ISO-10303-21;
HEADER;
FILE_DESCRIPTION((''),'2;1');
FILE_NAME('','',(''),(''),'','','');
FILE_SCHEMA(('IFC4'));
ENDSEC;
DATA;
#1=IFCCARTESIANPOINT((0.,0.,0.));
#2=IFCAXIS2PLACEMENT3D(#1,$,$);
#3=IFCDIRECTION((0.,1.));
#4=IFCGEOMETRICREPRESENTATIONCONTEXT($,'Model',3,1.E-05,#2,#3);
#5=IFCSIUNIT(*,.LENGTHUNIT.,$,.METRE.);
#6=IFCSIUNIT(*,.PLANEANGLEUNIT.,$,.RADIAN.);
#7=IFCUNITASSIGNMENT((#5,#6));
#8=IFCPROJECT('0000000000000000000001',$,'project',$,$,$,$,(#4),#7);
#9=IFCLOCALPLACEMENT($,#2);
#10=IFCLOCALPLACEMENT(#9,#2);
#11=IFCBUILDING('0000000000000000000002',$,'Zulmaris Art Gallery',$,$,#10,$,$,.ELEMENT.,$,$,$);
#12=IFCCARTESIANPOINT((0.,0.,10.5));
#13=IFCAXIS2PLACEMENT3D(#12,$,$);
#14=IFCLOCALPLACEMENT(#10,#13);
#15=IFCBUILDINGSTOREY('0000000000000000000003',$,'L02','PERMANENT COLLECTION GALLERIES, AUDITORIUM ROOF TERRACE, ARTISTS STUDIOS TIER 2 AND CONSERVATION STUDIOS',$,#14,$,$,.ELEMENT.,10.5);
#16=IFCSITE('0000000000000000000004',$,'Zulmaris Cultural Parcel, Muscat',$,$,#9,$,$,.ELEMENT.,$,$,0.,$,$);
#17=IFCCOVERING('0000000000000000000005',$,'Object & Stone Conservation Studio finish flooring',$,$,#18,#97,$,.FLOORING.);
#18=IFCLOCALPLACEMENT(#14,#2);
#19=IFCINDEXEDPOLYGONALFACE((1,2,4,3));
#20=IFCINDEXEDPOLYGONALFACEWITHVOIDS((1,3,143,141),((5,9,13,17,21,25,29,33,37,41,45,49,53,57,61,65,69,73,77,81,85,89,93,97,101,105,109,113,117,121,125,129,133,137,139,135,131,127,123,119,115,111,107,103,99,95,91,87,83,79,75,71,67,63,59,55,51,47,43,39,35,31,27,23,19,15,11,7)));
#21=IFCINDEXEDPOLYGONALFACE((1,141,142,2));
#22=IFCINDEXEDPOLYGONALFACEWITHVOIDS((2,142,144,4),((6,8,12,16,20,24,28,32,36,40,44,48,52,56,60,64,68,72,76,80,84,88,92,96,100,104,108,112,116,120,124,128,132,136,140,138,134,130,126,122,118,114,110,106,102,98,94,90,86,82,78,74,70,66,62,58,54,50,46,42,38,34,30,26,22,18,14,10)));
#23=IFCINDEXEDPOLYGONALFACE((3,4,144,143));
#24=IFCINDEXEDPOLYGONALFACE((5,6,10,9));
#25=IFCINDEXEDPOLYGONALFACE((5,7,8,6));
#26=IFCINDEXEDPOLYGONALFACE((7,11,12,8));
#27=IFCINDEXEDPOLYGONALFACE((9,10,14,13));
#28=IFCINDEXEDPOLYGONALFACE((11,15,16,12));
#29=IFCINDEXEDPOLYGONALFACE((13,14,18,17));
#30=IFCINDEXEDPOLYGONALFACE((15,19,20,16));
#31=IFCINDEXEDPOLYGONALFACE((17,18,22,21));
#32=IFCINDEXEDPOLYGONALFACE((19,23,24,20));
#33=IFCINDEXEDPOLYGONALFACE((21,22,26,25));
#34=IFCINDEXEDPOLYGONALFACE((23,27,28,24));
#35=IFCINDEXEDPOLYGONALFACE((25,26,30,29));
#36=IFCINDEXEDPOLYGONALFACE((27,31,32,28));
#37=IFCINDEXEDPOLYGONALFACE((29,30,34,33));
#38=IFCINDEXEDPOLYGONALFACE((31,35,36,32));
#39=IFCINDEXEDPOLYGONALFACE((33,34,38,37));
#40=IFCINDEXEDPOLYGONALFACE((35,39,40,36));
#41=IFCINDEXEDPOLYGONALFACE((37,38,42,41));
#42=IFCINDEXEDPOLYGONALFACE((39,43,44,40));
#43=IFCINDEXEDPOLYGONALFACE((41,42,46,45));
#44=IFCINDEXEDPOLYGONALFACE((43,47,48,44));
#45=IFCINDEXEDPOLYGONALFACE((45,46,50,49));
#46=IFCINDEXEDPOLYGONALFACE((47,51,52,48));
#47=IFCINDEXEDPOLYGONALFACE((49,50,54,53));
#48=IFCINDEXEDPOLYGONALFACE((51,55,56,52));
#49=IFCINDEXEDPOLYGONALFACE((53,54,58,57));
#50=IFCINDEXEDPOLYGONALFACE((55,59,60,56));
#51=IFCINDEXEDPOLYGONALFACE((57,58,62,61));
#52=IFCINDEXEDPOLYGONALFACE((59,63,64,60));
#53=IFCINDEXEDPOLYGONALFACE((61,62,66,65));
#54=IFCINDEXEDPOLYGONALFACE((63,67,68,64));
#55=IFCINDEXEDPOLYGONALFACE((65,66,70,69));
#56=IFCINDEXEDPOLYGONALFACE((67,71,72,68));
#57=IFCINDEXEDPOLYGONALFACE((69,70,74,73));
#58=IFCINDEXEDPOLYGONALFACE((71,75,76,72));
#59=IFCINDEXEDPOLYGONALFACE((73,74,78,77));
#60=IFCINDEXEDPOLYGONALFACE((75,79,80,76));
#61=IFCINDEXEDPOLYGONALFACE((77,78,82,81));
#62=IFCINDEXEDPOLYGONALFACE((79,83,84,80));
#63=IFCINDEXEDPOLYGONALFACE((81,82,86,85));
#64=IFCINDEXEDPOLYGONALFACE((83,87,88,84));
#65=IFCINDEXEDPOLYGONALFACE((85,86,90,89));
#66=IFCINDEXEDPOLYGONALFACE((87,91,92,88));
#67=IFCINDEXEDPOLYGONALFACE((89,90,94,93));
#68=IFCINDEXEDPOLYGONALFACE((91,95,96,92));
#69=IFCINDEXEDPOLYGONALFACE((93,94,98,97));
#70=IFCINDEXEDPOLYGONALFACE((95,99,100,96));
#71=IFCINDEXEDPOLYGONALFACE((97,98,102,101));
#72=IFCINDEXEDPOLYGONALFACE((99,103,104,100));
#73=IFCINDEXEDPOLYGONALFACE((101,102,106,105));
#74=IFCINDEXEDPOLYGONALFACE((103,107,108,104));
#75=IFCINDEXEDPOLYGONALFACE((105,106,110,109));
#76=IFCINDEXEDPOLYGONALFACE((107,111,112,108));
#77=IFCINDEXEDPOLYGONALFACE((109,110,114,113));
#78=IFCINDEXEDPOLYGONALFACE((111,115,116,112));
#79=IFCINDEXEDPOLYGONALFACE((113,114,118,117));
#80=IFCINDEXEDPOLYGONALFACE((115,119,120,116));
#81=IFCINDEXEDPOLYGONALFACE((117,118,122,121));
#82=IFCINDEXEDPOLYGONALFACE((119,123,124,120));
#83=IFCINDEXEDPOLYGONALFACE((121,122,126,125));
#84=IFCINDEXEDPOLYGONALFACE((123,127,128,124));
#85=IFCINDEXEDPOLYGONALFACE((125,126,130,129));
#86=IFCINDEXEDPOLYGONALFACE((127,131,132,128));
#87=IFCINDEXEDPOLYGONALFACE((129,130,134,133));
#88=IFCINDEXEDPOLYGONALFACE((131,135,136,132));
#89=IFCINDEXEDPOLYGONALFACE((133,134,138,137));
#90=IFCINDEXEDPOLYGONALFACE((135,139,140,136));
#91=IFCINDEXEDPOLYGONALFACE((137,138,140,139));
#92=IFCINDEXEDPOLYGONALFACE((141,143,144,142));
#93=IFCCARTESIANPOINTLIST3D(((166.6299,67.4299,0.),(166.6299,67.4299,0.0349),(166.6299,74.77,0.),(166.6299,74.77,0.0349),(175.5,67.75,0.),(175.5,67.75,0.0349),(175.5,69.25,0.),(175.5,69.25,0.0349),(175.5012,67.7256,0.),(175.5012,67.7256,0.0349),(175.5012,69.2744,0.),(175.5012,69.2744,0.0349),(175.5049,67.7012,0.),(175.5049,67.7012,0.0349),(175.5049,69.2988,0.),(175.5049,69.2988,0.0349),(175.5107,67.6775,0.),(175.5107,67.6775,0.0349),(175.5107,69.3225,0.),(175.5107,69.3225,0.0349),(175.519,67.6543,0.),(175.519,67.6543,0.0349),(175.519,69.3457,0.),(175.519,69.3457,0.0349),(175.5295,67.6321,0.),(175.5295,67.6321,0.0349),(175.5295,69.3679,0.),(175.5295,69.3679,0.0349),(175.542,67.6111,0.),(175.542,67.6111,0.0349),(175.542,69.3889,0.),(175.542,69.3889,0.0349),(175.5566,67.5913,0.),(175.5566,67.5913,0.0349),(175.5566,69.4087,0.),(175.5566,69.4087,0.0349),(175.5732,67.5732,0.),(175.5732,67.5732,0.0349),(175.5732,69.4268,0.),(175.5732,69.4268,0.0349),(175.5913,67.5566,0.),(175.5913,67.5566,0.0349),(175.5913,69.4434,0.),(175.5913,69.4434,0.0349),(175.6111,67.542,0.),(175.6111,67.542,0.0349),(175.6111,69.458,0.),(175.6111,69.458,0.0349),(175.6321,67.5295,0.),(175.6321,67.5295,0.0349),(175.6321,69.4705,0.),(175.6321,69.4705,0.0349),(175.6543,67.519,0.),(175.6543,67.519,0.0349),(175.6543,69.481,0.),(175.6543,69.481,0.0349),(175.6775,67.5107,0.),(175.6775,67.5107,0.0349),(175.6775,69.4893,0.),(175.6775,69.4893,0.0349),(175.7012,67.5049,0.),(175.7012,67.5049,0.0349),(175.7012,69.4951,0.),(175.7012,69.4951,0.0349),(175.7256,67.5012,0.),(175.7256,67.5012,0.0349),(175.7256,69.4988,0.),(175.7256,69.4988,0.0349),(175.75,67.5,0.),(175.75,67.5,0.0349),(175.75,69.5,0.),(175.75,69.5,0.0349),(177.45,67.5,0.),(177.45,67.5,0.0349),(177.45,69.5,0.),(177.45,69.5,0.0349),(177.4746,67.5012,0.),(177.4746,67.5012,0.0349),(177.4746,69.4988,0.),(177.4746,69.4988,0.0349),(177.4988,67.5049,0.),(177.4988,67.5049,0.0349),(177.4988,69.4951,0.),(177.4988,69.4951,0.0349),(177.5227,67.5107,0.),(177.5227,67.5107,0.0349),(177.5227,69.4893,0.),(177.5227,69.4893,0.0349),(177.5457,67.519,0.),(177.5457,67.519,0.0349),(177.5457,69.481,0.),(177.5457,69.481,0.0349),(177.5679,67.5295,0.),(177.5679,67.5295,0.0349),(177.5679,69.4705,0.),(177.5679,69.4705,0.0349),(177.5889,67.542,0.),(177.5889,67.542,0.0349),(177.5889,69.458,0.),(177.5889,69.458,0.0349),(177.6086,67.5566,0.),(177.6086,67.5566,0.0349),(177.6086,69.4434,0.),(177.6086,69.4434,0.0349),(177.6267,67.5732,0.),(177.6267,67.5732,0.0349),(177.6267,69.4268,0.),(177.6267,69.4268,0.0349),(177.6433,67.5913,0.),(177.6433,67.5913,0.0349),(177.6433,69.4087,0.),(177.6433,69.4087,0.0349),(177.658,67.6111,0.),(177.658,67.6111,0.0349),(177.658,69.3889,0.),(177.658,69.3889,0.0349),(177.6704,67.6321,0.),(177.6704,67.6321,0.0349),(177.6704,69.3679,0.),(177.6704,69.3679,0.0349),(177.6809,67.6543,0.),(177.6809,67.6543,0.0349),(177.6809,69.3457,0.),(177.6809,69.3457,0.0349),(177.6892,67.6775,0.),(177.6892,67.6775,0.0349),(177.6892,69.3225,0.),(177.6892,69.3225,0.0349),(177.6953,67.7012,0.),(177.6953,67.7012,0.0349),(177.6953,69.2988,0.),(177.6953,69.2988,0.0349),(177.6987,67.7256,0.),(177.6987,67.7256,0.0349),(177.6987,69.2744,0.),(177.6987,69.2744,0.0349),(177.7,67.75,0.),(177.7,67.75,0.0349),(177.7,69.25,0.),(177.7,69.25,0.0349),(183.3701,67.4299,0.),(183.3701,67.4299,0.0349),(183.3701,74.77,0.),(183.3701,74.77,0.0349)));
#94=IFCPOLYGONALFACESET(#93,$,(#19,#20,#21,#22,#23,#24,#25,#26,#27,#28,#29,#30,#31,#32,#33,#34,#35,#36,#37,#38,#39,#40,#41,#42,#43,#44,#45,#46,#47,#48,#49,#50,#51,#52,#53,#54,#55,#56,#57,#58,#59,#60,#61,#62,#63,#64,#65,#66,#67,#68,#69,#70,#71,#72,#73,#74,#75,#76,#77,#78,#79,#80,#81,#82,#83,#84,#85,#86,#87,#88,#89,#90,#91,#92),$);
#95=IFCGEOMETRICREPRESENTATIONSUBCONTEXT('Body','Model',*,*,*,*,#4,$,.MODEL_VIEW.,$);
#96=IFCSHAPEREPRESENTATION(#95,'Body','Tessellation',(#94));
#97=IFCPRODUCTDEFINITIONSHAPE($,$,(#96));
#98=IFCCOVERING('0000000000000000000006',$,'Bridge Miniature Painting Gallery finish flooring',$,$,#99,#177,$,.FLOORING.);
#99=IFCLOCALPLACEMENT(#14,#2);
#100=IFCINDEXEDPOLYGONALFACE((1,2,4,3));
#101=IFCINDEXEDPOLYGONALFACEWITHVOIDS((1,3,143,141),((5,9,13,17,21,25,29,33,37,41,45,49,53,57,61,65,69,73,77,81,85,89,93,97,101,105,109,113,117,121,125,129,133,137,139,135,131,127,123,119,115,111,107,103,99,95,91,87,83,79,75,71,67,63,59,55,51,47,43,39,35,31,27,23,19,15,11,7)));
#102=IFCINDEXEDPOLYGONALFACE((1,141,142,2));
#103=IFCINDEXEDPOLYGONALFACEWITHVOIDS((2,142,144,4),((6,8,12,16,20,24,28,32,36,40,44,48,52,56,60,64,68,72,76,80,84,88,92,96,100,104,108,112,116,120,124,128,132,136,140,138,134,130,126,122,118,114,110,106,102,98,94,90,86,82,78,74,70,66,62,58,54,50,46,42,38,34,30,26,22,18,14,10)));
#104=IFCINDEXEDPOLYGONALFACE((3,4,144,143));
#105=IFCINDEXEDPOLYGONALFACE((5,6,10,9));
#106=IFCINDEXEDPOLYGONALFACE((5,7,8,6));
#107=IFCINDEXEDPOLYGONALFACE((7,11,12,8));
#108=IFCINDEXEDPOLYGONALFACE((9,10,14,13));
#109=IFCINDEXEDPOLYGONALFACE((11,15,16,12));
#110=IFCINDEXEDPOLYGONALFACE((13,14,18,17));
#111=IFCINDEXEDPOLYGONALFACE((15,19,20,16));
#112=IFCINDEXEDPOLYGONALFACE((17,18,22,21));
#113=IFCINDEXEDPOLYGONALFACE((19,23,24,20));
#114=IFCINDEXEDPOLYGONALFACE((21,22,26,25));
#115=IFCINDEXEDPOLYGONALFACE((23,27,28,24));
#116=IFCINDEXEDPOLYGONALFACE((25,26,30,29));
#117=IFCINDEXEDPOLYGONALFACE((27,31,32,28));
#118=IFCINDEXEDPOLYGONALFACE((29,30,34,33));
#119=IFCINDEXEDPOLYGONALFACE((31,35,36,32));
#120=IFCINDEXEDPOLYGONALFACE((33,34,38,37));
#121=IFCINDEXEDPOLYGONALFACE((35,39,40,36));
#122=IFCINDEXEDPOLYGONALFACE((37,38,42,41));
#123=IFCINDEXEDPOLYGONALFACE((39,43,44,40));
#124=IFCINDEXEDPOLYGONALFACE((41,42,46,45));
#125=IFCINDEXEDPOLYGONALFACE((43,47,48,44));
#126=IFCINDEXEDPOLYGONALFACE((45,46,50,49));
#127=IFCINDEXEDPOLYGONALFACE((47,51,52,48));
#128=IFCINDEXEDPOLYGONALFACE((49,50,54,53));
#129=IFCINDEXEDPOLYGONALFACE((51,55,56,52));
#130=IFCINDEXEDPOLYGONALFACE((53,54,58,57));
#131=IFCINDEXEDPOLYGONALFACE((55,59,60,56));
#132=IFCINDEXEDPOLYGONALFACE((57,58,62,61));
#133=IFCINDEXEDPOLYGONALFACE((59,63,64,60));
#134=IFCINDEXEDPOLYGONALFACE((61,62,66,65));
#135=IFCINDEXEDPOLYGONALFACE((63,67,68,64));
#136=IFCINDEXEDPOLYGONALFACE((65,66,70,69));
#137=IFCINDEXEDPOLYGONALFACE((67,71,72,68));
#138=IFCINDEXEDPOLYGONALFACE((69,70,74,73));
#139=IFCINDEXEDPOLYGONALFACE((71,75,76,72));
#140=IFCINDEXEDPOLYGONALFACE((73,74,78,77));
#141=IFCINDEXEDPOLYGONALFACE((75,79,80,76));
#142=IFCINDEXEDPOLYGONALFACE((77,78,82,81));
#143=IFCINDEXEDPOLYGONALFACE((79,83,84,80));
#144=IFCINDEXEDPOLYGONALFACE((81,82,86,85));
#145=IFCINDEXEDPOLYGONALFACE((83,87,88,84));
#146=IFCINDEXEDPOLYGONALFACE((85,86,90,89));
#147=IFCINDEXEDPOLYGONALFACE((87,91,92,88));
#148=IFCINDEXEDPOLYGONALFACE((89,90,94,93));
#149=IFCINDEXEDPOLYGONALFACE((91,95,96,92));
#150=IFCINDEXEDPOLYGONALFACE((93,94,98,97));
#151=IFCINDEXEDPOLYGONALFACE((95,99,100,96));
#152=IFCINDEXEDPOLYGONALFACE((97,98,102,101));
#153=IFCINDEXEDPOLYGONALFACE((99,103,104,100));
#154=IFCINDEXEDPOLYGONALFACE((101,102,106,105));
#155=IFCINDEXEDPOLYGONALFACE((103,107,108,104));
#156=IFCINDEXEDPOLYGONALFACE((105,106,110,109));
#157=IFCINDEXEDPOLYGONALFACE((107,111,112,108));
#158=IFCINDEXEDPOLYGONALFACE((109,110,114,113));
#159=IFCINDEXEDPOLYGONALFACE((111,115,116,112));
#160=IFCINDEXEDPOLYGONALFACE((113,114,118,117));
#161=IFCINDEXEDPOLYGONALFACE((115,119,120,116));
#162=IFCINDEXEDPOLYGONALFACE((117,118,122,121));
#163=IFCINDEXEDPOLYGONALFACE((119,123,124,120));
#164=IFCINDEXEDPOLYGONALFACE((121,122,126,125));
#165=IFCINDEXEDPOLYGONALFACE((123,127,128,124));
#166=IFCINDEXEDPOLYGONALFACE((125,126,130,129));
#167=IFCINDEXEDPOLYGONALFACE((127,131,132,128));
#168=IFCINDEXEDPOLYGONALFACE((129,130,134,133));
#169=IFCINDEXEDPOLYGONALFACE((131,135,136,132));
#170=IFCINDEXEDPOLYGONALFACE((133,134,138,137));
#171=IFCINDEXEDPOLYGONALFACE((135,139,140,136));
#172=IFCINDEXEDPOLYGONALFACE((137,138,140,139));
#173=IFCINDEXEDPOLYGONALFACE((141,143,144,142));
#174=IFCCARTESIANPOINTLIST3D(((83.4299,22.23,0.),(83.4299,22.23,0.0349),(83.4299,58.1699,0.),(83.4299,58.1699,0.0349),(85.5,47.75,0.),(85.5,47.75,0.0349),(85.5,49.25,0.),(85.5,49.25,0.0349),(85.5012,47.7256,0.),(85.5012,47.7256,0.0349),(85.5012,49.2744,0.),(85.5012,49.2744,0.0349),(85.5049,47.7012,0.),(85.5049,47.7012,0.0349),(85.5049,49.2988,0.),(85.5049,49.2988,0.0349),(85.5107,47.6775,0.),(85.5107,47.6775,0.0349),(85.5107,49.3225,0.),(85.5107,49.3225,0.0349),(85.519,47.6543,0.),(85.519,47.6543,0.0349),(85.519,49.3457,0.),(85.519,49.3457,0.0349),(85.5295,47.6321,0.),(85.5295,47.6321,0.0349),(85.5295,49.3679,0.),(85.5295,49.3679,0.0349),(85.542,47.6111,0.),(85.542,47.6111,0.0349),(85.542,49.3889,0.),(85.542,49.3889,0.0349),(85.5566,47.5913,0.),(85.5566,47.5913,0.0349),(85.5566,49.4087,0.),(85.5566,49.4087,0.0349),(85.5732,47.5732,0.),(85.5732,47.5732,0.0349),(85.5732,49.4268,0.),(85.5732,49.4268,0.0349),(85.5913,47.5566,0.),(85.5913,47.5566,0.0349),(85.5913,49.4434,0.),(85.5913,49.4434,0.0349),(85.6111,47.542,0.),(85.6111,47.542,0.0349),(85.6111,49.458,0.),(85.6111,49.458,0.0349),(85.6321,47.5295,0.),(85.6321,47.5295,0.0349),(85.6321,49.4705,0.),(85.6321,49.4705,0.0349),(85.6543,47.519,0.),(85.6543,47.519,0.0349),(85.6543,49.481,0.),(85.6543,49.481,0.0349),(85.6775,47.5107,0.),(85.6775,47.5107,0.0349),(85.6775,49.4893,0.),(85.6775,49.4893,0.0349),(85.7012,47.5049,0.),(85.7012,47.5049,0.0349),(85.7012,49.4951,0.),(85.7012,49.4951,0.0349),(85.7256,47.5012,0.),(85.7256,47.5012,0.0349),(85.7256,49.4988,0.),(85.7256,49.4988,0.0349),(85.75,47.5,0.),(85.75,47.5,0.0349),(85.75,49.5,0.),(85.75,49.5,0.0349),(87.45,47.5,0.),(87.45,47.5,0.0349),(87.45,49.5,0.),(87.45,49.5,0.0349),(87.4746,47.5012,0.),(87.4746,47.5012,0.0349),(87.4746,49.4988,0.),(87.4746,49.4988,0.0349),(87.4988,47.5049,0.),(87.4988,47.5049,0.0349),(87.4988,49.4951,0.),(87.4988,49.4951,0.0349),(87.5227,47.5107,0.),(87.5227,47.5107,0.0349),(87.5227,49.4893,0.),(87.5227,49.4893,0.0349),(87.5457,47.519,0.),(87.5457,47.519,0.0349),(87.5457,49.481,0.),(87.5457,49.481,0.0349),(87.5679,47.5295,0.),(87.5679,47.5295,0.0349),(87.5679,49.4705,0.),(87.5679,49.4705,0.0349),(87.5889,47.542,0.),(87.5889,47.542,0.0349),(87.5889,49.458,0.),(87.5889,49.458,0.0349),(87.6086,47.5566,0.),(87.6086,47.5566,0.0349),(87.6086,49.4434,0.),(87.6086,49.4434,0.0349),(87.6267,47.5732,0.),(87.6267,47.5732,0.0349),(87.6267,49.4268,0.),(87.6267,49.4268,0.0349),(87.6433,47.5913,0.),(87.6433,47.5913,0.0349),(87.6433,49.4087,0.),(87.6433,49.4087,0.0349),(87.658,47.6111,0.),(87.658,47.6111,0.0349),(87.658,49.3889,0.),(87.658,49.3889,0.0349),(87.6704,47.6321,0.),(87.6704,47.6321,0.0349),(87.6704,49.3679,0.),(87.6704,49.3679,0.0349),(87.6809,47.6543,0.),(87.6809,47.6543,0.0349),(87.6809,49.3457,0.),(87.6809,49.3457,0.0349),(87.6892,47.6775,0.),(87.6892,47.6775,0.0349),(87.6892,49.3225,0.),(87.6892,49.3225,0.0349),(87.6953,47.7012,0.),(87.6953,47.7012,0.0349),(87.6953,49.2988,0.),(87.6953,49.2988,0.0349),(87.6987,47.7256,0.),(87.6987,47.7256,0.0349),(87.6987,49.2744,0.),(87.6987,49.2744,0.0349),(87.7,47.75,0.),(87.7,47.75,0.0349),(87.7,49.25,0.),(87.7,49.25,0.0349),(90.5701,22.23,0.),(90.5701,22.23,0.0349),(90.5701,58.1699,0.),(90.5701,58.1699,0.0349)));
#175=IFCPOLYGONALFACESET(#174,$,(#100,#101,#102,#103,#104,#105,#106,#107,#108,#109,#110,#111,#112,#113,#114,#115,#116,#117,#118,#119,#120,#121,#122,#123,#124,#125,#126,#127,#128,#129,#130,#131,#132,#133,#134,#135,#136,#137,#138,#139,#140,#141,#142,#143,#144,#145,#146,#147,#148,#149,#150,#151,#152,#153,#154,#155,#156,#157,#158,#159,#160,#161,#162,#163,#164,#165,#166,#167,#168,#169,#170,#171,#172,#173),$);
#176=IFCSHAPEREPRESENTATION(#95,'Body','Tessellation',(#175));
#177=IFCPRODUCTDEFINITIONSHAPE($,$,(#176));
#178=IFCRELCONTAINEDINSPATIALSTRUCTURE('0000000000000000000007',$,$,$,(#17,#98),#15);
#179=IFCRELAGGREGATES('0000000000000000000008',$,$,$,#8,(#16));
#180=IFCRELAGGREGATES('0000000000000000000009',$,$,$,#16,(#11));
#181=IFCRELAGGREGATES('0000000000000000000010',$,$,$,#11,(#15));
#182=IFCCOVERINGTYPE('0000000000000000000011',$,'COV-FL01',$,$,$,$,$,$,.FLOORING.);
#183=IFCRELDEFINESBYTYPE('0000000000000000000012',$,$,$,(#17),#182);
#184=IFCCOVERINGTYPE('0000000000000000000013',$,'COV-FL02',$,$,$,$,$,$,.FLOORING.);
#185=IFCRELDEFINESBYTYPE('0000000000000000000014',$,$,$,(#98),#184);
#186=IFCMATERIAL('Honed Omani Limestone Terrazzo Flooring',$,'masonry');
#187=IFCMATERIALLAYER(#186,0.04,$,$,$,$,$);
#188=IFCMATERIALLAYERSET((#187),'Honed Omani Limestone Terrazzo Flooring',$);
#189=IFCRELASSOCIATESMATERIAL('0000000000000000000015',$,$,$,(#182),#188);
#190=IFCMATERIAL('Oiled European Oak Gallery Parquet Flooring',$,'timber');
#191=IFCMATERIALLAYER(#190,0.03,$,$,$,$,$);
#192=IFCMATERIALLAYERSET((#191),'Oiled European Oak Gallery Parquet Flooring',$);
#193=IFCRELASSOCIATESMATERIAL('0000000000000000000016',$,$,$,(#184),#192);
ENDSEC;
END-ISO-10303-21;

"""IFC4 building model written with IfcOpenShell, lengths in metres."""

from ifc_helpers import new_model, si_unit, direction, frame, origin, place, context, subcontext, project, spatial, polyline, outline, extrude, material, layer, layer_set, type_object, element, save


model = new_model("IFC4")

# Units and contexts
model_context = context("Model", 3, precision=1e-05, world=origin(), true_north=direction((0.0, 1.0)))
body_context = subcontext(model_context, "Body", "Model", "MODEL_VIEW")
ifc_project = project(units=[si_unit("LENGTHUNIT", "METRE"), si_unit("PLANEANGLEUNIT", "RADIAN")], contexts=[model_context])

# Site, building, storey
site_placement = place(None, origin())
site = spatial("IfcSite", under=ifc_project, at=site_placement, Name="Zulmaris Cultural Parcel, Muscat", CompositionType="ELEMENT", RefElevation=0.0)
building_placement = place(site_placement, origin())
building = spatial("IfcBuilding", under=site, at=building_placement, Name="Zulmaris Art Gallery", CompositionType="ELEMENT")
storey_placement = place(building_placement, frame((0.0, 0.0, 10.5)))
storey = spatial("IfcBuildingStorey", under=building, at=storey_placement, Name="L02", Description="PERMANENT COLLECTION GALLERIES, AUDITORIUM ROOF TERRACE, ARTISTS STUDIOS TIER 2 AND CONSERVATION STUDIOS", CompositionType="ELEMENT", Elevation=10.5)

# Coverings
ifc_material_1 = material(Name="Honed Omani Limestone Terrazzo Flooring", Category="masonry")
ifc_layer_1 = layer(ifc_material_1, 0.04)
ifc_layer_set_1 = layer_set([ifc_layer_1], Name="Honed Omani Limestone Terrazzo Flooring")
covering_type_1 = type_object("IfcCoveringType", Name="COV-FL01", PredefinedType="FLOORING", material=ifc_layer_set_1)
covering_1_placement = place(storey_placement, origin())
element("IfcCovering", 1, at=covering_1_placement, inside=storey, type_object=covering_type_1, Name="Object & Stone Conservation Studio finish flooring", PredefinedType="FLOORING", context=body_context, shape_type="SweptSolid", body=[
    extrude(outline(polyline([(183.3701, 67.4299), (166.6299, 67.4299), (166.6299, 74.77), (183.3701, 74.77), (183.3701, 67.4299)]), holes=[polyline([(175.7256, 69.4988), (175.7012, 69.4951), (175.6775, 69.4893), (175.6543, 69.481), (175.6321, 69.4705), (175.6111, 69.458), (175.5913, 69.4434), (175.5732, 69.4268), (175.5566, 69.4087), (175.542, 69.3889), (175.5295, 69.3679), (175.519, 69.3457), (175.5107, 69.3225), (175.5049, 69.2988), (175.5012, 69.2744), (175.5, 69.25), (175.5, 67.75), (175.5012, 67.7256), (175.5049, 67.7012), (175.5107, 67.6775), (175.519, 67.6543), (175.5295, 67.6321), (175.542, 67.6111), (175.5566, 67.5913), (175.5732, 67.5732), (175.5913, 67.5566), (175.6111, 67.542), (175.6321, 67.5295), (175.6543, 67.519), (175.6775, 67.5107), (175.7012, 67.5049), (175.7256, 67.5012), (175.75, 67.5), (177.45, 67.5), (177.4746, 67.5012), (177.4988, 67.5049), (177.5227, 67.5107), (177.5457, 67.519), (177.5679, 67.5295), (177.5889, 67.542), (177.6086, 67.5566), (177.6267, 67.5732), (177.6433, 67.5913), (177.658, 67.6111), (177.6704, 67.6321), (177.6809, 67.6543), (177.6892, 67.6775), (177.6953, 67.7012), (177.6987, 67.7256), (177.7, 67.75), (177.7, 69.25), (177.6987, 69.2744), (177.6953, 69.2988), (177.6892, 69.3225), (177.6809, 69.3457), (177.6704, 69.3679), (177.658, 69.3889), (177.6433, 69.4087), (177.6267, 69.4268), (177.6086, 69.4434), (177.5889, 69.458), (177.5679, 69.4705), (177.5457, 69.481), (177.5227, 69.4893), (177.4988, 69.4951), (177.4746, 69.4988), (177.45, 69.5), (175.75, 69.5), (175.7256, 69.4988)])]), origin(), (0.0, 0.0, 1.0), 0.0349),
])
ifc_material_2 = material(Name="Oiled European Oak Gallery Parquet Flooring", Category="timber")
ifc_layer_2 = layer(ifc_material_2, 0.03)
ifc_layer_set_2 = layer_set([ifc_layer_2], Name="Oiled European Oak Gallery Parquet Flooring")
covering_type_2 = type_object("IfcCoveringType", Name="COV-FL02", PredefinedType="FLOORING", material=ifc_layer_set_2)
covering_2_placement = place(storey_placement, origin())
element("IfcCovering", 2, at=covering_2_placement, inside=storey, type_object=covering_type_2, Name="Bridge Miniature Painting Gallery finish flooring", PredefinedType="FLOORING", context=body_context, shape_type="SweptSolid", body=[
    extrude(outline(polyline([(90.5701, 22.23), (83.4299, 22.23), (83.4299, 58.1699), (90.5701, 58.1699), (90.5701, 22.23)]), holes=[polyline([(85.7256, 49.4988), (85.7012, 49.4951), (85.6775, 49.4893), (85.6543, 49.481), (85.6321, 49.4705), (85.6111, 49.458), (85.5913, 49.4434), (85.5732, 49.4268), (85.5566, 49.4087), (85.542, 49.3889), (85.5295, 49.3679), (85.519, 49.3457), (85.5107, 49.3225), (85.5049, 49.2988), (85.5012, 49.2744), (85.5, 49.25), (85.5, 47.75), (85.5012, 47.7256), (85.5049, 47.7012), (85.5107, 47.6775), (85.519, 47.6543), (85.5295, 47.6321), (85.542, 47.6111), (85.5566, 47.5913), (85.5732, 47.5732), (85.5913, 47.5566), (85.6111, 47.542), (85.6321, 47.5295), (85.6543, 47.519), (85.6775, 47.5107), (85.7012, 47.5049), (85.7256, 47.5012), (85.75, 47.5), (87.45, 47.5), (87.4746, 47.5012), (87.4988, 47.5049), (87.5227, 47.5107), (87.5457, 47.519), (87.5679, 47.5295), (87.5889, 47.542), (87.6086, 47.5566), (87.6267, 47.5732), (87.6433, 47.5913), (87.658, 47.6111), (87.6704, 47.6321), (87.6809, 47.6543), (87.6892, 47.6775), (87.6953, 47.7012), (87.6987, 47.7256), (87.7, 47.75), (87.7, 49.25), (87.6987, 49.2744), (87.6953, 49.2988), (87.6892, 49.3225), (87.6809, 49.3457), (87.6704, 49.3679), (87.658, 49.3889), (87.6433, 49.4087), (87.6267, 49.4268), (87.6086, 49.4434), (87.5889, 49.458), (87.5679, 49.4705), (87.5457, 49.481), (87.5227, 49.4893), (87.4988, 49.4951), (87.4746, 49.4988), (87.45, 49.5), (85.75, 49.5), (85.7256, 49.4988)])]), origin(), (0.0, 0.0, 1.0), 0.0349),
])

save(model, "model.ifc")
